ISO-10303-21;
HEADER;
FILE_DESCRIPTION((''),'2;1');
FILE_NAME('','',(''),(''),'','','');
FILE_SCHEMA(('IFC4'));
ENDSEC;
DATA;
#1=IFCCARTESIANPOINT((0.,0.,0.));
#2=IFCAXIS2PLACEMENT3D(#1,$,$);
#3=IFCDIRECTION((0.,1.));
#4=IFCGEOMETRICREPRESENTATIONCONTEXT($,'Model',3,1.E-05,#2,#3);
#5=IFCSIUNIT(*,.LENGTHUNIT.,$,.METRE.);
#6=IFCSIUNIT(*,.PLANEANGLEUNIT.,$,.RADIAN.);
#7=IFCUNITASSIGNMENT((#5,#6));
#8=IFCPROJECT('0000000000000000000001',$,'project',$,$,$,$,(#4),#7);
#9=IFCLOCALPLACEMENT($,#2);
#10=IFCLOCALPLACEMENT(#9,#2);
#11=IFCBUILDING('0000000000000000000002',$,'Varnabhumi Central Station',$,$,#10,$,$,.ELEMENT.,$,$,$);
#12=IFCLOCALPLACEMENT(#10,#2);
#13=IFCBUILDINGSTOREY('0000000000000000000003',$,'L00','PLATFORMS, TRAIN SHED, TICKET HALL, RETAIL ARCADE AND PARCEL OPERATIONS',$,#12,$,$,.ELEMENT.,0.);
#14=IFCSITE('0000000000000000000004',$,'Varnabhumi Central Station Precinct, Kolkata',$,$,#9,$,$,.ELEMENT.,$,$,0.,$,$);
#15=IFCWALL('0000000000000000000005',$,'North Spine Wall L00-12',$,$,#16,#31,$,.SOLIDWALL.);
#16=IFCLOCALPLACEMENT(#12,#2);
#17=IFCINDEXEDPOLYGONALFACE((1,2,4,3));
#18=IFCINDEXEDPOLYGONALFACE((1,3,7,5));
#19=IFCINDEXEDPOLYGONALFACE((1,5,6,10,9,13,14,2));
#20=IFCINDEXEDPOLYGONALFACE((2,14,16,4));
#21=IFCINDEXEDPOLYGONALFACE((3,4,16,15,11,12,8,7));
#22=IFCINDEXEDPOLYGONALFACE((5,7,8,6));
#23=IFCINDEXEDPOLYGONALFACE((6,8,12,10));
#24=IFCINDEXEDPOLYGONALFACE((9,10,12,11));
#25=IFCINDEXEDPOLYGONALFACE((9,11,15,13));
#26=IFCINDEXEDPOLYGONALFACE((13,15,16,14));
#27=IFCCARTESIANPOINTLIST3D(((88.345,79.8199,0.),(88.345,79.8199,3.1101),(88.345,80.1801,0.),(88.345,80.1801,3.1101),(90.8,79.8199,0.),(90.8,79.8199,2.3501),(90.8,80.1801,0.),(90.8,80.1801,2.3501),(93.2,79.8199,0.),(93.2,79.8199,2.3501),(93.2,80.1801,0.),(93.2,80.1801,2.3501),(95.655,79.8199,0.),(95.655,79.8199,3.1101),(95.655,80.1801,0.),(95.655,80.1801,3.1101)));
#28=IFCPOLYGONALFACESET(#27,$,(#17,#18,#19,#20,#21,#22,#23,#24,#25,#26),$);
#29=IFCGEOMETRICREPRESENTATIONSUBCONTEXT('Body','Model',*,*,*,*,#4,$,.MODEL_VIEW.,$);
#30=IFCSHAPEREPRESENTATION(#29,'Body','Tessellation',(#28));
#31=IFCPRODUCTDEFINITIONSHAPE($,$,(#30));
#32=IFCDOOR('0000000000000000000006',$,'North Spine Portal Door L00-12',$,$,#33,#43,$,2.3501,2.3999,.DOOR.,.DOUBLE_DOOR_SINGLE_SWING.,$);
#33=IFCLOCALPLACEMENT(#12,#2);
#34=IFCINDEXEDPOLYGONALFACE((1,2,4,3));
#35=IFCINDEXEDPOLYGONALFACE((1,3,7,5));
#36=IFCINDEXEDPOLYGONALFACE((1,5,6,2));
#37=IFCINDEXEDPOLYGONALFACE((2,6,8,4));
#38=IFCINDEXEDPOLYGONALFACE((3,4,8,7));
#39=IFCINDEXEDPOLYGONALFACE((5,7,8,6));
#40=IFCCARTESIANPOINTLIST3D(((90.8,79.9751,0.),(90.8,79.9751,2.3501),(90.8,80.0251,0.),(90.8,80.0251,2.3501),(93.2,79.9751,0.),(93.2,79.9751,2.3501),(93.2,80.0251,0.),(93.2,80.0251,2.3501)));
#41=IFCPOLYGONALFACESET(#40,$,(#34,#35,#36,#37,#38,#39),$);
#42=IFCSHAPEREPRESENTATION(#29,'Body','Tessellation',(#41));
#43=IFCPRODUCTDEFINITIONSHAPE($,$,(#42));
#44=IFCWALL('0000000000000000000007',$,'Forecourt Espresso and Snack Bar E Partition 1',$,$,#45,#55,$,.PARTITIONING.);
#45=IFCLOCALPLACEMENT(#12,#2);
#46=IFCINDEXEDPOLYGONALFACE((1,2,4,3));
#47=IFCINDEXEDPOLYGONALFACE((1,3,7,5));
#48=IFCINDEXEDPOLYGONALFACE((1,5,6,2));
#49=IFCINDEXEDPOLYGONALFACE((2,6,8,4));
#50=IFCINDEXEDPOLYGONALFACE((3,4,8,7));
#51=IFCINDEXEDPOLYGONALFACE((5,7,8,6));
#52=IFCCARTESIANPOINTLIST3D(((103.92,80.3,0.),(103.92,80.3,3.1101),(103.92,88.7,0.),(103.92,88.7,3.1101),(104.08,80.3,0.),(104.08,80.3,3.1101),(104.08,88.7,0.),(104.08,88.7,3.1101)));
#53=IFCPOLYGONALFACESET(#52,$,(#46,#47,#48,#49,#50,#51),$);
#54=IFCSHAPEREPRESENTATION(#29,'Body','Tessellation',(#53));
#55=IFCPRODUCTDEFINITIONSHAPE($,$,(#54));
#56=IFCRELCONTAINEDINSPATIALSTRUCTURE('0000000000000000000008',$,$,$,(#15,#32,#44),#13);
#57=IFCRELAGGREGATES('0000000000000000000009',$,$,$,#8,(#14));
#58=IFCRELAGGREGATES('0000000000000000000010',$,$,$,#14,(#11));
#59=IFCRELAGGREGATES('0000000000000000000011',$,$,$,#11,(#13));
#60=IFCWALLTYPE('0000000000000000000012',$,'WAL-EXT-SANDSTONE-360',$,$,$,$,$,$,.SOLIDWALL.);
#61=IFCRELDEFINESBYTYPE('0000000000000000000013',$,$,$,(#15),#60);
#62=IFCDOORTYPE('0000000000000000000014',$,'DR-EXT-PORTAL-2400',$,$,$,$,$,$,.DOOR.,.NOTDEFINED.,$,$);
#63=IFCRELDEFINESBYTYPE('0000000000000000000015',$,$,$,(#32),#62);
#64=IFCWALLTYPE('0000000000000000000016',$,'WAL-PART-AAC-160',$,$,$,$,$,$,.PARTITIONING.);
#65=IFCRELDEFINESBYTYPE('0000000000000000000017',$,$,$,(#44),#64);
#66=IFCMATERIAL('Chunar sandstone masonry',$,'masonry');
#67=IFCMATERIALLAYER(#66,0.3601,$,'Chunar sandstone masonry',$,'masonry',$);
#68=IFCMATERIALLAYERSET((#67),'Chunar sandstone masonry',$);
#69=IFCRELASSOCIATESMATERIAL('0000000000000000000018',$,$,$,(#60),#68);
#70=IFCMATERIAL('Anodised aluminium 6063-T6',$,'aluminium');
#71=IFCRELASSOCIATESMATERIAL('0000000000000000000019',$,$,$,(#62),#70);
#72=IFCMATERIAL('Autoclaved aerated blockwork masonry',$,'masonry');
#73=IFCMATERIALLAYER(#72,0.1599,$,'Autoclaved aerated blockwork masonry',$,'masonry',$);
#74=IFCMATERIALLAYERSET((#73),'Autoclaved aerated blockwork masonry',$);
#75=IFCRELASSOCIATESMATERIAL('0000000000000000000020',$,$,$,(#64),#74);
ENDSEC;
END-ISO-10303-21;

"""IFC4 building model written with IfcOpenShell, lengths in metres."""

from ifc_helpers import new_model, si_unit, direction, frame, frame_2d, origin, place, context, subcontext, project, spatial, rectangle, extrude, material, layer, layer_set, type_object, element, fill, save


model = new_model("IFC4")

# Units and contexts
model_context = context("Model", 3, precision=1e-05, world=origin(), true_north=direction((0.0, 1.0)))
body_context = subcontext(model_context, "Body", "Model", "MODEL_VIEW")
ifc_project = project(units=[si_unit("LENGTHUNIT", "METRE"), si_unit("PLANEANGLEUNIT", "RADIAN")], contexts=[model_context])

# Site, building, storey
site_placement = place(None, origin())
site = spatial("IfcSite", under=ifc_project, at=site_placement, Name="Varnabhumi Central Station Precinct, Kolkata", CompositionType="ELEMENT", RefElevation=0.0)
building_placement = place(site_placement, origin())
building = spatial("IfcBuilding", under=site, at=building_placement, Name="Varnabhumi Central Station", CompositionType="ELEMENT")
storey_placement = place(building_placement, origin())
storey = spatial("IfcBuildingStorey", under=building, at=storey_placement, Name="L00", Description="PLATFORMS, TRAIN SHED, TICKET HALL, RETAIL ARCADE AND PARCEL OPERATIONS", CompositionType="ELEMENT", Elevation=0.0)

# Wall, opening, door
ifc_material_1 = material(Name="Chunar sandstone masonry", Category="masonry")
ifc_layer_1 = layer(ifc_material_1, 0.3601, Name="Chunar sandstone masonry", Category="masonry")
ifc_layer_set_1 = layer_set([ifc_layer_1], Name="Chunar sandstone masonry")
wall_type_1 = type_object("IfcWallType", Name="WAL-EXT-SANDSTONE-360", PredefinedType="SOLIDWALL", material=ifc_layer_set_1)
wall_1_placement = place(storey_placement, frame((88.345, 80.0, 0.0), z_axis=(0.0, 0.0, 1.0), x_axis=(1.0, 0.0, 0.0)))
wall_1 = element("IfcWall", 1, at=wall_1_placement, inside=storey, type_object=wall_type_1, Name="North Spine Wall L00-12", PredefinedType="SOLIDWALL", context=body_context, shape_type="SweptSolid", body=[
    extrude(rectangle(XDim=7.3101, YDim=0.3601, at=frame_2d((3.655, 0.0))), origin(), (0.0, 0.0, 1.0), 3.1101),
])
opening_placement = place(wall_1_placement, frame((2.4551, 0.0, 0.0)))
opening = element("IfcOpeningElement", 2, at=opening_placement, cuts=wall_1, PredefinedType="OPENING", context=body_context, shape_type="SweptSolid", body=[
    extrude(rectangle(XDim=2.3999, YDim=2.3501, at=frame_2d((1.2, 1.175))), frame((0.0, 0.1899, 0.0), z_axis=(0.0, -1.0, 0.0), x_axis=(1.0, 0.0, 0.0)), (0.0, 0.0, 1.0), 0.3801),
])
ifc_material_2 = material(Name="Anodised aluminium 6063-T6", Category="aluminium")
door_type = type_object("IfcDoorType", Name="DR-EXT-PORTAL-2400", OperationType="NOTDEFINED", PredefinedType="DOOR", material=ifc_material_2)
door_placement = place(opening_placement, frame((2.3999, 0.0, 0.0), z_axis=(0.0, 0.0, 1.0), x_axis=(-1.0, 0.0, 0.0)))
door = element("IfcDoor", 3, at=door_placement, inside=storey, type_object=door_type, Name="North Spine Portal Door L00-12", OperationType="DOUBLE_DOOR_SINGLE_SWING", OverallHeight=2.3501, OverallWidth=2.3999, PredefinedType="DOOR", context=body_context, shape_type="SweptSolid", body=[
    extrude(rectangle(XDim=2.3999, YDim=2.3501, at=frame_2d((1.2, 1.175))), frame((0.0, 0.0249, 0.0), z_axis=(0.0, -1.0, 0.0), x_axis=(1.0, 0.0, 0.0)), (0.0, 0.0, 1.0), 0.05),
])
fill(opening, door)

# Wall
ifc_material_3 = material(Name="Autoclaved aerated blockwork masonry", Category="masonry")
ifc_layer_2 = layer(ifc_material_3, 0.1599, Name="Autoclaved aerated blockwork masonry", Category="masonry")
ifc_layer_set_2 = layer_set([ifc_layer_2], Name="Autoclaved aerated blockwork masonry")
wall_type_2 = type_object("IfcWallType", Name="WAL-PART-AAC-160", PredefinedType="PARTITIONING", material=ifc_layer_set_2)
wall_2_placement = place(storey_placement, frame((104.0, 80.3, 0.0), z_axis=(0.0, 0.0, 1.0), x_axis=(0.0, 1.0, 0.0)))
element("IfcWall", 4, at=wall_2_placement, inside=storey, type_object=wall_type_2, Name="Forecourt Espresso and Snack Bar E Partition 1", PredefinedType="PARTITIONING", context=body_context, shape_type="SweptSolid", body=[
    extrude(rectangle(XDim=8.3999, YDim=0.1599, at=frame_2d((4.2, 0.0))), origin(), (0.0, 0.0, 1.0), 3.1101),
])

save(model, "model.ifc")
